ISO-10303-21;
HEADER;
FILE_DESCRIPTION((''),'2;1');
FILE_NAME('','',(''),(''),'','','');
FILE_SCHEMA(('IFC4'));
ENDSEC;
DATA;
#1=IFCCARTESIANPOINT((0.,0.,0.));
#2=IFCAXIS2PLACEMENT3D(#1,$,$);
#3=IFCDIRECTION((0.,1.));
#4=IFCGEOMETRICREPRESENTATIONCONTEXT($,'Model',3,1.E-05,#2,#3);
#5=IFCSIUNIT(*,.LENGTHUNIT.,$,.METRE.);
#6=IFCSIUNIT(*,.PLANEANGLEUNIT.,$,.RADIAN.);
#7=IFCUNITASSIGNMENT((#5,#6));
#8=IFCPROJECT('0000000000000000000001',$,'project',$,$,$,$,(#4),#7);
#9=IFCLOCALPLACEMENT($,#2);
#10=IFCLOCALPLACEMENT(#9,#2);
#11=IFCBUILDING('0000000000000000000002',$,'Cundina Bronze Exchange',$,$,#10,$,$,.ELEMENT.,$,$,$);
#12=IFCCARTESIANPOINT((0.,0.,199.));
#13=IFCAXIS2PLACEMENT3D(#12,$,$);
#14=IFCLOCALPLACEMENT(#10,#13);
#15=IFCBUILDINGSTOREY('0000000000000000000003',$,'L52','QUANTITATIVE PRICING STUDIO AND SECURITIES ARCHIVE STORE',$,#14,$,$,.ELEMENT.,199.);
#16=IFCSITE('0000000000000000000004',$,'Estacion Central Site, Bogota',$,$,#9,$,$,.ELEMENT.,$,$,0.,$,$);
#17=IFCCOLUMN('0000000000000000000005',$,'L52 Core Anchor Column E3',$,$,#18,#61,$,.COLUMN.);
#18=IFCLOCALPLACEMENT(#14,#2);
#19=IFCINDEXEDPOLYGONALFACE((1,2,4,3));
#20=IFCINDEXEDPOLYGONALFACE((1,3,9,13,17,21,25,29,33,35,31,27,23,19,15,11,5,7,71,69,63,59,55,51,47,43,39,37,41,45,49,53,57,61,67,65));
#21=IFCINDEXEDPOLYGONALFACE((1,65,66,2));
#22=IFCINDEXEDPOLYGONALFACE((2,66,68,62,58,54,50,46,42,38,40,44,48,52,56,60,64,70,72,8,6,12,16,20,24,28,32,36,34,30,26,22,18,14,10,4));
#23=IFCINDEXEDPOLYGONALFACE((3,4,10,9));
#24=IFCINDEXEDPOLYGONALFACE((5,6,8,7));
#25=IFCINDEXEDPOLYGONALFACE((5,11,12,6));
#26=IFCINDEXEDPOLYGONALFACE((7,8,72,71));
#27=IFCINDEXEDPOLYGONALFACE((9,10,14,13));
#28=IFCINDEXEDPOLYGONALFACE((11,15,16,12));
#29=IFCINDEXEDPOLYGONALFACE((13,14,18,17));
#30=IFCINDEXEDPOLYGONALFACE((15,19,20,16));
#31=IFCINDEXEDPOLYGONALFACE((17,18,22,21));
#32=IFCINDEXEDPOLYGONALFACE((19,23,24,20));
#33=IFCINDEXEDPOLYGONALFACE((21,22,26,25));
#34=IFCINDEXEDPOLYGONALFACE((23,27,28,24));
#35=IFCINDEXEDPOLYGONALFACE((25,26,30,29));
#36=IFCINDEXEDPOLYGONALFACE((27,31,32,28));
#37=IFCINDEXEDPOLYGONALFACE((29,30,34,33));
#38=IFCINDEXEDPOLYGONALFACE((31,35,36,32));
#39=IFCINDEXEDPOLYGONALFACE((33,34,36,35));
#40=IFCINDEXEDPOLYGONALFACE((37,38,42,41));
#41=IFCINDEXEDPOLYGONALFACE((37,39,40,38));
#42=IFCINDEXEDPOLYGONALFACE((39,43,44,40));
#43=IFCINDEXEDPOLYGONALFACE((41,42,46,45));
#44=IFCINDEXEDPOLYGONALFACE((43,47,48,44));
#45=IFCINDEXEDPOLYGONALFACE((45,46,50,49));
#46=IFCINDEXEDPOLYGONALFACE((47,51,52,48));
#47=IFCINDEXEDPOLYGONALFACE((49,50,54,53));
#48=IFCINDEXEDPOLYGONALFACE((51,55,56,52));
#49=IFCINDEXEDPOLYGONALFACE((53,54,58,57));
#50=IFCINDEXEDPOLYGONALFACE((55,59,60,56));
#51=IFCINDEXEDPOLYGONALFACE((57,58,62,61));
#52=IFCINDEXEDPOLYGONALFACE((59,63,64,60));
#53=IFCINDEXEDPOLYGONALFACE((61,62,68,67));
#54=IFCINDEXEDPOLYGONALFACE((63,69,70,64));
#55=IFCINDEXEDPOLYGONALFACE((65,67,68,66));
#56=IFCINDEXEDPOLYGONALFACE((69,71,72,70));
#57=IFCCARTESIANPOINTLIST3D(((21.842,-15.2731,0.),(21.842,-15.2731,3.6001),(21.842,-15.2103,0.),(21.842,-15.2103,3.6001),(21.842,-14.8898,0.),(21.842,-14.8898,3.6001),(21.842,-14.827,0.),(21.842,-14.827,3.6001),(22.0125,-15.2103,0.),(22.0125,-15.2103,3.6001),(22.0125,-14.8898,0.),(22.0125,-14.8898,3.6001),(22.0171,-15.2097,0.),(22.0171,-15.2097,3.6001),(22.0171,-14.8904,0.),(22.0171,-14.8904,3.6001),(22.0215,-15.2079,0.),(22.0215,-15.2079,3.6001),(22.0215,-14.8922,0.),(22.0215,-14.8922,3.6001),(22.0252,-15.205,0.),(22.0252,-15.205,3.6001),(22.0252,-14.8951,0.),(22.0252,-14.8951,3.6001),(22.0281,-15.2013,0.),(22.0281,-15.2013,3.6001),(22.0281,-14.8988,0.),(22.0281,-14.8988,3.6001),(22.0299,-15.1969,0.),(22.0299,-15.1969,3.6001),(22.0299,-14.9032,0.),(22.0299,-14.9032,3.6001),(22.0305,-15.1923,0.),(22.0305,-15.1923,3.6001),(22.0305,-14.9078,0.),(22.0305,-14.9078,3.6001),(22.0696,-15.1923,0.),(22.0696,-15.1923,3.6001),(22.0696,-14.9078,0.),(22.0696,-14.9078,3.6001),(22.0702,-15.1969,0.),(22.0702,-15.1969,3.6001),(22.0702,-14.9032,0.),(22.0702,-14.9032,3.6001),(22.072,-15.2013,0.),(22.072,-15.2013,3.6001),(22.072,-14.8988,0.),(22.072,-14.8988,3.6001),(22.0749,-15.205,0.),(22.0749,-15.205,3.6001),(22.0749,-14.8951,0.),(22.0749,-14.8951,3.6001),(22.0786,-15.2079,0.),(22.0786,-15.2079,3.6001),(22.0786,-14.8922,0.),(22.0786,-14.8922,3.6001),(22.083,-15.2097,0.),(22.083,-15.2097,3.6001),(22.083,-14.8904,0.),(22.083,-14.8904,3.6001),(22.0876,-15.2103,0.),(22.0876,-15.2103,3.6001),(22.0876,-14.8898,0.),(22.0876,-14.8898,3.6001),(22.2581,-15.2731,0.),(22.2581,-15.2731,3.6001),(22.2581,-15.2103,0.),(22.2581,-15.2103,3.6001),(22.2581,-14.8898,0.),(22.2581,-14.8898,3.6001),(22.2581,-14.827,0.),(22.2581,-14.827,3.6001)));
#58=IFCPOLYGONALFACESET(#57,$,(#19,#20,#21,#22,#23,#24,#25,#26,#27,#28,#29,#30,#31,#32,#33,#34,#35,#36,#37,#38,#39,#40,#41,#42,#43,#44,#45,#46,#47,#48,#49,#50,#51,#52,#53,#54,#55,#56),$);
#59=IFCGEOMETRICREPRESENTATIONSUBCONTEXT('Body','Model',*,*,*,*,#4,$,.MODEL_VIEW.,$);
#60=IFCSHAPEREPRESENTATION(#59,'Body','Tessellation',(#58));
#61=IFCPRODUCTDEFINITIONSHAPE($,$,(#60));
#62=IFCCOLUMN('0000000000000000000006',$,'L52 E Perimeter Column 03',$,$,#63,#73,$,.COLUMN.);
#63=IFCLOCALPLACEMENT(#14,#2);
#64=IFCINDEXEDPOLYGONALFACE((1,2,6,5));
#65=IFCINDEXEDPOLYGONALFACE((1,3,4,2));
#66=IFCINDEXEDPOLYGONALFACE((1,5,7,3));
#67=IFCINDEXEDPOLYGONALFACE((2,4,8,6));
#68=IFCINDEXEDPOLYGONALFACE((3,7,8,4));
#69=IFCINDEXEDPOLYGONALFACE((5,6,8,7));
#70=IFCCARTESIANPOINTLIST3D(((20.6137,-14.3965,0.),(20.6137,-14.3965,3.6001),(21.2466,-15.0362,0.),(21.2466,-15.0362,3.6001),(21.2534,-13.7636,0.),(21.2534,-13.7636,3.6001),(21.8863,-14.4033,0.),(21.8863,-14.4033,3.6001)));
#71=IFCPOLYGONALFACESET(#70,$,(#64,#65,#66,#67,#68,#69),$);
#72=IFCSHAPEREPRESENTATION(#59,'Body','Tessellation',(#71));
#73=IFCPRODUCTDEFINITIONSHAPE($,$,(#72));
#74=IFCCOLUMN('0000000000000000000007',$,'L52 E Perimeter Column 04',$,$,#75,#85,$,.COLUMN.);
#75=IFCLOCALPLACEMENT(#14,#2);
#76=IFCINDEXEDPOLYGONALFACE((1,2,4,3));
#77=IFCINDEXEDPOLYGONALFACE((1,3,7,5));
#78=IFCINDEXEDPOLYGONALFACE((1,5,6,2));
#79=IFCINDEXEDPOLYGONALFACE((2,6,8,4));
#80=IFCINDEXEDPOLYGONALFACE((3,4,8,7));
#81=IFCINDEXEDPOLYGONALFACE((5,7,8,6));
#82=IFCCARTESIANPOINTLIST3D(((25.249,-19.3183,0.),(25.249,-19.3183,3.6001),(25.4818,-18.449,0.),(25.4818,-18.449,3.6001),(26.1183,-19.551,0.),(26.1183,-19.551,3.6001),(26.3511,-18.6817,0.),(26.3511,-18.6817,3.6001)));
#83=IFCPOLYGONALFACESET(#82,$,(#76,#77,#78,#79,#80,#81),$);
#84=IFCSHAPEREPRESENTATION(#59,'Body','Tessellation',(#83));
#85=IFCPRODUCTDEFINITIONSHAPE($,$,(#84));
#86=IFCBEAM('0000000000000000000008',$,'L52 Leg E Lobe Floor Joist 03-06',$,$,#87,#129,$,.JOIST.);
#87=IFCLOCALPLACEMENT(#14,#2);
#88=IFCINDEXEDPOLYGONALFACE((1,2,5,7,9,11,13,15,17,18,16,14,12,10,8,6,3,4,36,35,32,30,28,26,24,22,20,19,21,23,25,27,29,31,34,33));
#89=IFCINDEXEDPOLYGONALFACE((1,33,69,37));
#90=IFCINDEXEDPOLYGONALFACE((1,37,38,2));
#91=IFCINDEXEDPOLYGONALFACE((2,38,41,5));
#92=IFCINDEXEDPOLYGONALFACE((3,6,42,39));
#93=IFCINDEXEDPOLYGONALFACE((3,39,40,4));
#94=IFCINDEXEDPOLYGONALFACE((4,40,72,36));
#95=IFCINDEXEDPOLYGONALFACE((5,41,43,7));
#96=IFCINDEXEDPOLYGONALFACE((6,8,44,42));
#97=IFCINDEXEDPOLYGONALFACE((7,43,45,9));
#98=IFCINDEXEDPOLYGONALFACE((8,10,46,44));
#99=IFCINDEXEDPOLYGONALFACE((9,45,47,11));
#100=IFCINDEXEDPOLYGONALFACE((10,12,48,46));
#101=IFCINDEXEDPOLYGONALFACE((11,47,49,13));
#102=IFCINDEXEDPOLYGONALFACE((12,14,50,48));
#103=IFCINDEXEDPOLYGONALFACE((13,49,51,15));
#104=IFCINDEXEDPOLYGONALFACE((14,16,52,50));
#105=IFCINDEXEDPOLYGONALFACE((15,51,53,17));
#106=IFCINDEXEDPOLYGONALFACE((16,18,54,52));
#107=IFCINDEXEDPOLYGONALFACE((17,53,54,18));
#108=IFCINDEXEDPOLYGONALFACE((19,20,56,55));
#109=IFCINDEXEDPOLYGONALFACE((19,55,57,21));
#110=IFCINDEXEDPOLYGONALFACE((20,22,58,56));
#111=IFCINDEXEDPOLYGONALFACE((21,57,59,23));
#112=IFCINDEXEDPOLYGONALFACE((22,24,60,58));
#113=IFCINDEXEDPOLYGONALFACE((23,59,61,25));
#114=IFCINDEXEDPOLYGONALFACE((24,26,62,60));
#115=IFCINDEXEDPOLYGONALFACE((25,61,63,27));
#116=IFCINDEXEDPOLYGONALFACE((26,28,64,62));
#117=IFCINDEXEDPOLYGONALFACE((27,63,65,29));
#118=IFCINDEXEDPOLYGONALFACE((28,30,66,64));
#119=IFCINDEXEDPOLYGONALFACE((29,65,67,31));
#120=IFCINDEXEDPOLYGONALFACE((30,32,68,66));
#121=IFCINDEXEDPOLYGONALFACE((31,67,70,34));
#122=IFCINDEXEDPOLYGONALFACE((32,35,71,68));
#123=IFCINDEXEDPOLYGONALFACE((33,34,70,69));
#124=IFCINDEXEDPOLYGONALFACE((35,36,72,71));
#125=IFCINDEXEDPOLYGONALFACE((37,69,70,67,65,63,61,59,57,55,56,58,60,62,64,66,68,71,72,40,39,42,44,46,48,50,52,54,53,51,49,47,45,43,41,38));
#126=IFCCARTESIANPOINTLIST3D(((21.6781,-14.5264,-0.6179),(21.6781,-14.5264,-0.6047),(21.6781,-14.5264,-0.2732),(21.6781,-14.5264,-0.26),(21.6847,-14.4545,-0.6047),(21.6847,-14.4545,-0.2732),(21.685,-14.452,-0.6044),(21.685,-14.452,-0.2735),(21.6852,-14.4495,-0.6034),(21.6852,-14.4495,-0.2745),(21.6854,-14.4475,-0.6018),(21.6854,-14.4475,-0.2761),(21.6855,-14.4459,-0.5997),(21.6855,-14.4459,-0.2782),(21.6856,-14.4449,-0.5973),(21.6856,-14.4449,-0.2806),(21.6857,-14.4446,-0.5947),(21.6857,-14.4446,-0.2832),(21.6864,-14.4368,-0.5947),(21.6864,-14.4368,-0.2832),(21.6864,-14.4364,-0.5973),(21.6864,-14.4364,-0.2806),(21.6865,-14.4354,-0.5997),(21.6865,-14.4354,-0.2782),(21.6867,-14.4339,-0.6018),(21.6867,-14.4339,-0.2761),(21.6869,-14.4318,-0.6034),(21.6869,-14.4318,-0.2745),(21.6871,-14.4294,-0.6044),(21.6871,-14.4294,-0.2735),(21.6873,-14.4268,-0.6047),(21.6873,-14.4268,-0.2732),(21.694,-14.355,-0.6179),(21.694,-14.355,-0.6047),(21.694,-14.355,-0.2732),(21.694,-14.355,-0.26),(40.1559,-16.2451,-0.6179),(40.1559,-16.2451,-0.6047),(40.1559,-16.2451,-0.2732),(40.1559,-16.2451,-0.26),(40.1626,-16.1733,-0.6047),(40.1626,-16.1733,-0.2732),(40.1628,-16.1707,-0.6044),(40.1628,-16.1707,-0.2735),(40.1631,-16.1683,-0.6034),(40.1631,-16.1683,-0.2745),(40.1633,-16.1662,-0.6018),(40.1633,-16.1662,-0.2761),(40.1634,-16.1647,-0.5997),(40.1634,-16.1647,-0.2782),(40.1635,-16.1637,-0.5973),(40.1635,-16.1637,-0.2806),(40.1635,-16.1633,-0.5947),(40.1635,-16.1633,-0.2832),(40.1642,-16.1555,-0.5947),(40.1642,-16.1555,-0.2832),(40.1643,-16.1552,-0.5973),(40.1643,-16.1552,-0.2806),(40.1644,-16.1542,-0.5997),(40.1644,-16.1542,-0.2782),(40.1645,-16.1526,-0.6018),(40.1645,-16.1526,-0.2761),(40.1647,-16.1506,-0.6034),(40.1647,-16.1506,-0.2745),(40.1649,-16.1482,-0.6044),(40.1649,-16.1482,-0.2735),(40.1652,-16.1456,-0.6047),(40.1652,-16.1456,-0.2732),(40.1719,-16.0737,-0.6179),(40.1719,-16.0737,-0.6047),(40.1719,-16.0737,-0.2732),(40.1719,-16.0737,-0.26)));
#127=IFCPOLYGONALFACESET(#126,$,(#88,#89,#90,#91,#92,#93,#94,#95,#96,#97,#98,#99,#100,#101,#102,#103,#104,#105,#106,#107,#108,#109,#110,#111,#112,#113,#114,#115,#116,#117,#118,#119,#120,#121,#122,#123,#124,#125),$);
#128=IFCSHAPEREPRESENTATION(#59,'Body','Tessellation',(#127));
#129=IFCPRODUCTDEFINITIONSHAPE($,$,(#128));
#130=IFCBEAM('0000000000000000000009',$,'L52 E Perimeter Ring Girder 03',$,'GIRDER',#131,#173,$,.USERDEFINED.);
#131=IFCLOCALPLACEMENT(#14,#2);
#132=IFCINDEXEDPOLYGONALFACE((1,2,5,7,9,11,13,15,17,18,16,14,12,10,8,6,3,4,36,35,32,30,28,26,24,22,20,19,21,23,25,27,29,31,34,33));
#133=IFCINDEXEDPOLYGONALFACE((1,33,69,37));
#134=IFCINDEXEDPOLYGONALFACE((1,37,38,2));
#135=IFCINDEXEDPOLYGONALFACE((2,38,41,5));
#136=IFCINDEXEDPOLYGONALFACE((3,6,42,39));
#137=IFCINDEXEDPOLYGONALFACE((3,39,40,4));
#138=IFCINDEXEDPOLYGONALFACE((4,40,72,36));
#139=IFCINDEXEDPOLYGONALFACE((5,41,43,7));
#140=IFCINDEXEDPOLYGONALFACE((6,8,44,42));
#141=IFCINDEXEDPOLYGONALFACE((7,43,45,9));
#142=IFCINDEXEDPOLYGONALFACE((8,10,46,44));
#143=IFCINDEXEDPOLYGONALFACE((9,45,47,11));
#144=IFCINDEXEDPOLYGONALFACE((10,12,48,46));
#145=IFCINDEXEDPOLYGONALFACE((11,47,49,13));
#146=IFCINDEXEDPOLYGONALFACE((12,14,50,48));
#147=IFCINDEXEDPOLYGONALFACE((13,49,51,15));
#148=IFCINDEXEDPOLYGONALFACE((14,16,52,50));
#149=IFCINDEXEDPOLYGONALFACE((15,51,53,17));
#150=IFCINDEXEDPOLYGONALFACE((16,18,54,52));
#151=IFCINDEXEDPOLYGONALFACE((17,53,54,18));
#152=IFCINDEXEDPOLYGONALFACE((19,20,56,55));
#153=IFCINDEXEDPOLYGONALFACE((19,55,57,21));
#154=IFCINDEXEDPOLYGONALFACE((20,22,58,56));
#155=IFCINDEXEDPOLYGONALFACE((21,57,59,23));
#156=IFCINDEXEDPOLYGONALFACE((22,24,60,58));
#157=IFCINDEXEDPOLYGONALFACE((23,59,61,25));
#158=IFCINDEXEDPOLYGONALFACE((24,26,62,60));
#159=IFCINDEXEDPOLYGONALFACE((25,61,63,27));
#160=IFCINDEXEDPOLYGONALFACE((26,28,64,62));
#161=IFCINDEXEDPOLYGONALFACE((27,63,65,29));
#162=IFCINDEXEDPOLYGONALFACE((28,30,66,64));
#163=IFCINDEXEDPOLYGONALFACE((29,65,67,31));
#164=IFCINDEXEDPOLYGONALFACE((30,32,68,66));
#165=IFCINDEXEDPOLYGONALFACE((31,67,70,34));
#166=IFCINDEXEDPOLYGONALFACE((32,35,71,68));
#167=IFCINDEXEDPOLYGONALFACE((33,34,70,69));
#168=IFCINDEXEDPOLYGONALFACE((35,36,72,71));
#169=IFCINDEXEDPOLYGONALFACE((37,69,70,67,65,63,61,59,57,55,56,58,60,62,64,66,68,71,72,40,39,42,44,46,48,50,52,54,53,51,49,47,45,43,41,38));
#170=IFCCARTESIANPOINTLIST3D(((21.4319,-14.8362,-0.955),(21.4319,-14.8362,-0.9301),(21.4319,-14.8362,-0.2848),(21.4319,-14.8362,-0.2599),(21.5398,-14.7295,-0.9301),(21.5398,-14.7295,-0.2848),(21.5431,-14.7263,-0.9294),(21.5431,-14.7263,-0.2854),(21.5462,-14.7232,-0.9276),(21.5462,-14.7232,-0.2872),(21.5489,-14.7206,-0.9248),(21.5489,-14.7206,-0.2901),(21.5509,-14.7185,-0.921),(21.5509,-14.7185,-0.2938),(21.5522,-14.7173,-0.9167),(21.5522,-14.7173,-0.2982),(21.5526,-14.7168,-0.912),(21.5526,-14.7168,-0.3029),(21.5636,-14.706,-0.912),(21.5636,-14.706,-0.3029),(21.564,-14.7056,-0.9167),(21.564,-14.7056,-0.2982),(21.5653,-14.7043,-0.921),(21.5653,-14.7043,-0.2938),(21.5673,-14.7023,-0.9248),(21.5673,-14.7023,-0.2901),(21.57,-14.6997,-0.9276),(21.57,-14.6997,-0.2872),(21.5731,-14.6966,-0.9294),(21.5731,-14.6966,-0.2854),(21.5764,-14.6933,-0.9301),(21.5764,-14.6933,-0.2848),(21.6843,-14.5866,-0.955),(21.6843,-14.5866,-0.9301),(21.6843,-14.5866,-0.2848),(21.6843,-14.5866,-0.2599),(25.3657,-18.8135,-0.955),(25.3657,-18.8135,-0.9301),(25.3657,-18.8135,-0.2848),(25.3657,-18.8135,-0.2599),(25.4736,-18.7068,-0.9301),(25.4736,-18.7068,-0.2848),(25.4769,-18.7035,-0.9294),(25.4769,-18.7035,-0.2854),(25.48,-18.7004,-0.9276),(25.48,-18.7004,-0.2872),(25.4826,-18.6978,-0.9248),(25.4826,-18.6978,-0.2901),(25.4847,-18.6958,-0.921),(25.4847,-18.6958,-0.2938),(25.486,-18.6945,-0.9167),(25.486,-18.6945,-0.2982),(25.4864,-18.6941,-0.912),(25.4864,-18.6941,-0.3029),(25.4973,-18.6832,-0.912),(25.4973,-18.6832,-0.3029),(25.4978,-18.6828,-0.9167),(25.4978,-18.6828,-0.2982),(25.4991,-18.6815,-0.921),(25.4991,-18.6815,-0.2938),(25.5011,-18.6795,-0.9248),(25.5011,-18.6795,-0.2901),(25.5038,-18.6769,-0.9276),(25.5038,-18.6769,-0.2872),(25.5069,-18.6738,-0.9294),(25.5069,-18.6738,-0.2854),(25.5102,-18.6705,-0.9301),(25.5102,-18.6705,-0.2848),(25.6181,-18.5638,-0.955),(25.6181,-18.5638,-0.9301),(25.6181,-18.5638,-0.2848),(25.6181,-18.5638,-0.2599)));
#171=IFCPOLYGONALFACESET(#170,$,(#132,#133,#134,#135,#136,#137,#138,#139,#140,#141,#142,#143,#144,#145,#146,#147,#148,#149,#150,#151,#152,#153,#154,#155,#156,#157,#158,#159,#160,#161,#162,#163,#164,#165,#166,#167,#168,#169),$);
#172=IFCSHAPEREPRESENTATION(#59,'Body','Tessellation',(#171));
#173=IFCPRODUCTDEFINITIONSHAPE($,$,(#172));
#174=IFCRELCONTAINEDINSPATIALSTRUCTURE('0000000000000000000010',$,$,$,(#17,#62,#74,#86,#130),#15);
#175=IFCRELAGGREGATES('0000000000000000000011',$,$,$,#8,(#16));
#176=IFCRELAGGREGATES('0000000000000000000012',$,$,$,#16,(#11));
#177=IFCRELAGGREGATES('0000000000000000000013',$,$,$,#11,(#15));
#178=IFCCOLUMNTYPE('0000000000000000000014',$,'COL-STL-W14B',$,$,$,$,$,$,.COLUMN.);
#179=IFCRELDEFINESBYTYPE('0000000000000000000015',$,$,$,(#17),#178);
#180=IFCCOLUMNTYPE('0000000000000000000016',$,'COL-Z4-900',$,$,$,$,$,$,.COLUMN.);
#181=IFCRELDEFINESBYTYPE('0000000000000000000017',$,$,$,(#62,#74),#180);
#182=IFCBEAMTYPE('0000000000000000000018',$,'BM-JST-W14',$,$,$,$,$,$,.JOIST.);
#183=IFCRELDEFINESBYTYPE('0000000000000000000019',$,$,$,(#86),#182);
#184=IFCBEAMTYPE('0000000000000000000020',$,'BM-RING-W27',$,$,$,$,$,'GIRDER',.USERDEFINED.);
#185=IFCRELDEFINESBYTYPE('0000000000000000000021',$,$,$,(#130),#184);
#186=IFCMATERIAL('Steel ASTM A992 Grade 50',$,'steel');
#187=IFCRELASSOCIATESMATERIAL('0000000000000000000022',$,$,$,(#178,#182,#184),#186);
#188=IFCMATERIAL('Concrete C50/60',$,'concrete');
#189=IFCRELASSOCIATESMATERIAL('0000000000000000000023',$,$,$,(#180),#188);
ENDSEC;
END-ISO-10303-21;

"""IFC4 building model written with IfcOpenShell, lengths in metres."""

from ifc_helpers import new_model, si_unit, direction, frame, origin, origin_2d, place, context, subcontext, project, spatial, rectangle, i_section, extrude, material, material_profile, profile_set, type_object, element, save


model = new_model("IFC4")

# Units and contexts
model_context = context("Model", 3, precision=1e-05, world=origin(), true_north=direction((0.0, 1.0)))
body_context = subcontext(model_context, "Body", "Model", "MODEL_VIEW")
ifc_project = project(units=[si_unit("LENGTHUNIT", "METRE"), si_unit("PLANEANGLEUNIT", "RADIAN")], contexts=[model_context])

# Site, building, storey
site_placement = place(None, origin())
site = spatial("IfcSite", under=ifc_project, at=site_placement, Name="Estacion Central Site, Bogota", CompositionType="ELEMENT", RefElevation=0.0)
building_placement = place(site_placement, origin())
building = spatial("IfcBuilding", under=site, at=building_placement, Name="Cundina Bronze Exchange", CompositionType="ELEMENT")
storey_placement = place(building_placement, frame((0.0, 0.0, 199.0)))
storey = spatial("IfcBuildingStorey", under=building, at=storey_placement, Name="L52", Description="QUANTITATIVE PRICING STUDIO AND SECURITIES ARCHIVE STORE", CompositionType="ELEMENT", Elevation=199.0)

# Columns
ifc_material_1 = material(Name="Steel ASTM A992 Grade 50", Category="steel")
ifc_material_profile_1 = material_profile(ifc_material_1, i_section(OverallWidth=0.416, OverallDepth=0.446, WebThickness=0.0391, FlangeThickness=0.0627, FilletRadius=0.0181, at=origin_2d()), Name="W14X342", Category="steel")
ifc_profile_set_1 = profile_set([ifc_material_profile_1], Name="Steel ASTM A992 Grade 50")
column_type_1 = type_object("IfcColumnType", Name="COL-STL-W14B", PredefinedType="COLUMN", material=ifc_profile_set_1)
column_placement = place(storey_placement, frame((22.05, -15.05, 0.0), z_axis=(0.0, 0.0, 1.0), x_axis=(1.0, 0.0, 0.0)))
element("IfcColumn", 1, at=column_placement, inside=storey, type_object=column_type_1, Name="L52 Core Anchor Column E3", PredefinedType="COLUMN", context=body_context, shape_type="SweptSolid", body=[
    extrude(i_section(OverallWidth=0.416, OverallDepth=0.446, WebThickness=0.0391, FlangeThickness=0.0627, FilletRadius=0.0181, at=origin_2d()), origin(), (0.0, 0.0, 1.0), 3.6001),
])
ifc_material_2 = material(Name="Concrete C50/60", Category="concrete")
ifc_material_profile_2 = material_profile(ifc_material_2, rectangle(XDim=0.8999, YDim=0.8999, at=origin_2d()), Name="RC900X900", Category="concrete")
ifc_profile_set_2 = profile_set([ifc_material_profile_2], Name="Concrete C50/60")
column_type_2 = type_object("IfcColumnType", Name="COL-Z4-900", PredefinedType="COLUMN", material=ifc_profile_set_2)
for number, where, z_axis, x_axis, name in (
    (2, (21.25, -14.3999, 0.0), (0.0, 0.0, 1.0), (0.703271, -0.710922, 0.0), "L52 E Perimeter Column 03"),
    (3, (25.8, -19.0, 0.0), (0.0, 0.0, 1.0), (0.965971, -0.25865, 0.0), "L52 E Perimeter Column 04"),
):
    element("IfcColumn", number, at=place(storey_placement, frame(where, z_axis=z_axis, x_axis=x_axis)), inside=storey, type_object=column_type_2, Name=name, PredefinedType="COLUMN", context=body_context, shape_type="SweptSolid", body=[
        extrude(rectangle(XDim=0.8999, YDim=0.8999, at=origin_2d()), origin(), (0.0, 0.0, 1.0), 3.6001),
    ])

# Beams
ifc_material_profile_3 = material_profile(ifc_material_1, i_section(OverallWidth=0.1721, OverallDepth=0.3579, WebThickness=0.0078, FlangeThickness=0.0132, FilletRadius=0.01, at=origin_2d()), Name="W14X38", Category="steel")
ifc_profile_set_3 = profile_set([ifc_material_profile_3], Name="Steel ASTM A992 Grade 50")
beam_type_1 = type_object("IfcBeamType", Name="BM-JST-W14", PredefinedType="JOIST", material=ifc_profile_set_3)
beam_1_placement = place(storey_placement, frame((21.686, -14.4407, -0.439), z_axis=(0.995702, -0.092617, 0.0), x_axis=(0.092617, 0.995702, 0.0)))
element("IfcBeam", 4, at=beam_1_placement, inside=storey, type_object=beam_type_1, Name="L52 Leg E Lobe Floor Joist 03-06", PredefinedType="JOIST", context=body_context, shape_type="SweptSolid", body=[
    extrude(i_section(OverallWidth=0.1721, OverallDepth=0.3579, WebThickness=0.0078, FlangeThickness=0.0132, FilletRadius=0.01, at=origin_2d()), origin(), (0.0, 0.0, 1.0), 18.5576),
])
ifc_material_profile_4 = material_profile(ifc_material_1, i_section(OverallWidth=0.355, OverallDepth=0.6951, WebThickness=0.0154, FlangeThickness=0.0249, FilletRadius=0.0181, at=origin_2d()), Name="W27X146", Category="steel")
ifc_profile_set_4 = profile_set([ifc_material_profile_4], Name="Steel ASTM A992 Grade 50")
beam_type_2 = type_object("IfcBeamType", Name="BM-RING-W27", ElementType="GIRDER", PredefinedType="USERDEFINED", material=ifc_profile_set_4)
beam_2_placement = place(storey_placement, frame((21.5581, -14.7114, -0.6074), z_axis=(0.703212, -0.71098, 0.0), x_axis=(0.71098, 0.703212, 0.0)))
element("IfcBeam", 5, at=beam_2_placement, inside=storey, type_object=beam_type_2, Name="L52 E Perimeter Ring Girder 03", ObjectType="GIRDER", PredefinedType="USERDEFINED", context=body_context, shape_type="SweptSolid", body=[
    extrude(i_section(OverallWidth=0.355, OverallDepth=0.6951, WebThickness=0.0154, FlangeThickness=0.0249, FilletRadius=0.0181, at=origin_2d()), origin(), (0.0, 0.0, 1.0), 5.594),
])

save(model, "model.ifc")
